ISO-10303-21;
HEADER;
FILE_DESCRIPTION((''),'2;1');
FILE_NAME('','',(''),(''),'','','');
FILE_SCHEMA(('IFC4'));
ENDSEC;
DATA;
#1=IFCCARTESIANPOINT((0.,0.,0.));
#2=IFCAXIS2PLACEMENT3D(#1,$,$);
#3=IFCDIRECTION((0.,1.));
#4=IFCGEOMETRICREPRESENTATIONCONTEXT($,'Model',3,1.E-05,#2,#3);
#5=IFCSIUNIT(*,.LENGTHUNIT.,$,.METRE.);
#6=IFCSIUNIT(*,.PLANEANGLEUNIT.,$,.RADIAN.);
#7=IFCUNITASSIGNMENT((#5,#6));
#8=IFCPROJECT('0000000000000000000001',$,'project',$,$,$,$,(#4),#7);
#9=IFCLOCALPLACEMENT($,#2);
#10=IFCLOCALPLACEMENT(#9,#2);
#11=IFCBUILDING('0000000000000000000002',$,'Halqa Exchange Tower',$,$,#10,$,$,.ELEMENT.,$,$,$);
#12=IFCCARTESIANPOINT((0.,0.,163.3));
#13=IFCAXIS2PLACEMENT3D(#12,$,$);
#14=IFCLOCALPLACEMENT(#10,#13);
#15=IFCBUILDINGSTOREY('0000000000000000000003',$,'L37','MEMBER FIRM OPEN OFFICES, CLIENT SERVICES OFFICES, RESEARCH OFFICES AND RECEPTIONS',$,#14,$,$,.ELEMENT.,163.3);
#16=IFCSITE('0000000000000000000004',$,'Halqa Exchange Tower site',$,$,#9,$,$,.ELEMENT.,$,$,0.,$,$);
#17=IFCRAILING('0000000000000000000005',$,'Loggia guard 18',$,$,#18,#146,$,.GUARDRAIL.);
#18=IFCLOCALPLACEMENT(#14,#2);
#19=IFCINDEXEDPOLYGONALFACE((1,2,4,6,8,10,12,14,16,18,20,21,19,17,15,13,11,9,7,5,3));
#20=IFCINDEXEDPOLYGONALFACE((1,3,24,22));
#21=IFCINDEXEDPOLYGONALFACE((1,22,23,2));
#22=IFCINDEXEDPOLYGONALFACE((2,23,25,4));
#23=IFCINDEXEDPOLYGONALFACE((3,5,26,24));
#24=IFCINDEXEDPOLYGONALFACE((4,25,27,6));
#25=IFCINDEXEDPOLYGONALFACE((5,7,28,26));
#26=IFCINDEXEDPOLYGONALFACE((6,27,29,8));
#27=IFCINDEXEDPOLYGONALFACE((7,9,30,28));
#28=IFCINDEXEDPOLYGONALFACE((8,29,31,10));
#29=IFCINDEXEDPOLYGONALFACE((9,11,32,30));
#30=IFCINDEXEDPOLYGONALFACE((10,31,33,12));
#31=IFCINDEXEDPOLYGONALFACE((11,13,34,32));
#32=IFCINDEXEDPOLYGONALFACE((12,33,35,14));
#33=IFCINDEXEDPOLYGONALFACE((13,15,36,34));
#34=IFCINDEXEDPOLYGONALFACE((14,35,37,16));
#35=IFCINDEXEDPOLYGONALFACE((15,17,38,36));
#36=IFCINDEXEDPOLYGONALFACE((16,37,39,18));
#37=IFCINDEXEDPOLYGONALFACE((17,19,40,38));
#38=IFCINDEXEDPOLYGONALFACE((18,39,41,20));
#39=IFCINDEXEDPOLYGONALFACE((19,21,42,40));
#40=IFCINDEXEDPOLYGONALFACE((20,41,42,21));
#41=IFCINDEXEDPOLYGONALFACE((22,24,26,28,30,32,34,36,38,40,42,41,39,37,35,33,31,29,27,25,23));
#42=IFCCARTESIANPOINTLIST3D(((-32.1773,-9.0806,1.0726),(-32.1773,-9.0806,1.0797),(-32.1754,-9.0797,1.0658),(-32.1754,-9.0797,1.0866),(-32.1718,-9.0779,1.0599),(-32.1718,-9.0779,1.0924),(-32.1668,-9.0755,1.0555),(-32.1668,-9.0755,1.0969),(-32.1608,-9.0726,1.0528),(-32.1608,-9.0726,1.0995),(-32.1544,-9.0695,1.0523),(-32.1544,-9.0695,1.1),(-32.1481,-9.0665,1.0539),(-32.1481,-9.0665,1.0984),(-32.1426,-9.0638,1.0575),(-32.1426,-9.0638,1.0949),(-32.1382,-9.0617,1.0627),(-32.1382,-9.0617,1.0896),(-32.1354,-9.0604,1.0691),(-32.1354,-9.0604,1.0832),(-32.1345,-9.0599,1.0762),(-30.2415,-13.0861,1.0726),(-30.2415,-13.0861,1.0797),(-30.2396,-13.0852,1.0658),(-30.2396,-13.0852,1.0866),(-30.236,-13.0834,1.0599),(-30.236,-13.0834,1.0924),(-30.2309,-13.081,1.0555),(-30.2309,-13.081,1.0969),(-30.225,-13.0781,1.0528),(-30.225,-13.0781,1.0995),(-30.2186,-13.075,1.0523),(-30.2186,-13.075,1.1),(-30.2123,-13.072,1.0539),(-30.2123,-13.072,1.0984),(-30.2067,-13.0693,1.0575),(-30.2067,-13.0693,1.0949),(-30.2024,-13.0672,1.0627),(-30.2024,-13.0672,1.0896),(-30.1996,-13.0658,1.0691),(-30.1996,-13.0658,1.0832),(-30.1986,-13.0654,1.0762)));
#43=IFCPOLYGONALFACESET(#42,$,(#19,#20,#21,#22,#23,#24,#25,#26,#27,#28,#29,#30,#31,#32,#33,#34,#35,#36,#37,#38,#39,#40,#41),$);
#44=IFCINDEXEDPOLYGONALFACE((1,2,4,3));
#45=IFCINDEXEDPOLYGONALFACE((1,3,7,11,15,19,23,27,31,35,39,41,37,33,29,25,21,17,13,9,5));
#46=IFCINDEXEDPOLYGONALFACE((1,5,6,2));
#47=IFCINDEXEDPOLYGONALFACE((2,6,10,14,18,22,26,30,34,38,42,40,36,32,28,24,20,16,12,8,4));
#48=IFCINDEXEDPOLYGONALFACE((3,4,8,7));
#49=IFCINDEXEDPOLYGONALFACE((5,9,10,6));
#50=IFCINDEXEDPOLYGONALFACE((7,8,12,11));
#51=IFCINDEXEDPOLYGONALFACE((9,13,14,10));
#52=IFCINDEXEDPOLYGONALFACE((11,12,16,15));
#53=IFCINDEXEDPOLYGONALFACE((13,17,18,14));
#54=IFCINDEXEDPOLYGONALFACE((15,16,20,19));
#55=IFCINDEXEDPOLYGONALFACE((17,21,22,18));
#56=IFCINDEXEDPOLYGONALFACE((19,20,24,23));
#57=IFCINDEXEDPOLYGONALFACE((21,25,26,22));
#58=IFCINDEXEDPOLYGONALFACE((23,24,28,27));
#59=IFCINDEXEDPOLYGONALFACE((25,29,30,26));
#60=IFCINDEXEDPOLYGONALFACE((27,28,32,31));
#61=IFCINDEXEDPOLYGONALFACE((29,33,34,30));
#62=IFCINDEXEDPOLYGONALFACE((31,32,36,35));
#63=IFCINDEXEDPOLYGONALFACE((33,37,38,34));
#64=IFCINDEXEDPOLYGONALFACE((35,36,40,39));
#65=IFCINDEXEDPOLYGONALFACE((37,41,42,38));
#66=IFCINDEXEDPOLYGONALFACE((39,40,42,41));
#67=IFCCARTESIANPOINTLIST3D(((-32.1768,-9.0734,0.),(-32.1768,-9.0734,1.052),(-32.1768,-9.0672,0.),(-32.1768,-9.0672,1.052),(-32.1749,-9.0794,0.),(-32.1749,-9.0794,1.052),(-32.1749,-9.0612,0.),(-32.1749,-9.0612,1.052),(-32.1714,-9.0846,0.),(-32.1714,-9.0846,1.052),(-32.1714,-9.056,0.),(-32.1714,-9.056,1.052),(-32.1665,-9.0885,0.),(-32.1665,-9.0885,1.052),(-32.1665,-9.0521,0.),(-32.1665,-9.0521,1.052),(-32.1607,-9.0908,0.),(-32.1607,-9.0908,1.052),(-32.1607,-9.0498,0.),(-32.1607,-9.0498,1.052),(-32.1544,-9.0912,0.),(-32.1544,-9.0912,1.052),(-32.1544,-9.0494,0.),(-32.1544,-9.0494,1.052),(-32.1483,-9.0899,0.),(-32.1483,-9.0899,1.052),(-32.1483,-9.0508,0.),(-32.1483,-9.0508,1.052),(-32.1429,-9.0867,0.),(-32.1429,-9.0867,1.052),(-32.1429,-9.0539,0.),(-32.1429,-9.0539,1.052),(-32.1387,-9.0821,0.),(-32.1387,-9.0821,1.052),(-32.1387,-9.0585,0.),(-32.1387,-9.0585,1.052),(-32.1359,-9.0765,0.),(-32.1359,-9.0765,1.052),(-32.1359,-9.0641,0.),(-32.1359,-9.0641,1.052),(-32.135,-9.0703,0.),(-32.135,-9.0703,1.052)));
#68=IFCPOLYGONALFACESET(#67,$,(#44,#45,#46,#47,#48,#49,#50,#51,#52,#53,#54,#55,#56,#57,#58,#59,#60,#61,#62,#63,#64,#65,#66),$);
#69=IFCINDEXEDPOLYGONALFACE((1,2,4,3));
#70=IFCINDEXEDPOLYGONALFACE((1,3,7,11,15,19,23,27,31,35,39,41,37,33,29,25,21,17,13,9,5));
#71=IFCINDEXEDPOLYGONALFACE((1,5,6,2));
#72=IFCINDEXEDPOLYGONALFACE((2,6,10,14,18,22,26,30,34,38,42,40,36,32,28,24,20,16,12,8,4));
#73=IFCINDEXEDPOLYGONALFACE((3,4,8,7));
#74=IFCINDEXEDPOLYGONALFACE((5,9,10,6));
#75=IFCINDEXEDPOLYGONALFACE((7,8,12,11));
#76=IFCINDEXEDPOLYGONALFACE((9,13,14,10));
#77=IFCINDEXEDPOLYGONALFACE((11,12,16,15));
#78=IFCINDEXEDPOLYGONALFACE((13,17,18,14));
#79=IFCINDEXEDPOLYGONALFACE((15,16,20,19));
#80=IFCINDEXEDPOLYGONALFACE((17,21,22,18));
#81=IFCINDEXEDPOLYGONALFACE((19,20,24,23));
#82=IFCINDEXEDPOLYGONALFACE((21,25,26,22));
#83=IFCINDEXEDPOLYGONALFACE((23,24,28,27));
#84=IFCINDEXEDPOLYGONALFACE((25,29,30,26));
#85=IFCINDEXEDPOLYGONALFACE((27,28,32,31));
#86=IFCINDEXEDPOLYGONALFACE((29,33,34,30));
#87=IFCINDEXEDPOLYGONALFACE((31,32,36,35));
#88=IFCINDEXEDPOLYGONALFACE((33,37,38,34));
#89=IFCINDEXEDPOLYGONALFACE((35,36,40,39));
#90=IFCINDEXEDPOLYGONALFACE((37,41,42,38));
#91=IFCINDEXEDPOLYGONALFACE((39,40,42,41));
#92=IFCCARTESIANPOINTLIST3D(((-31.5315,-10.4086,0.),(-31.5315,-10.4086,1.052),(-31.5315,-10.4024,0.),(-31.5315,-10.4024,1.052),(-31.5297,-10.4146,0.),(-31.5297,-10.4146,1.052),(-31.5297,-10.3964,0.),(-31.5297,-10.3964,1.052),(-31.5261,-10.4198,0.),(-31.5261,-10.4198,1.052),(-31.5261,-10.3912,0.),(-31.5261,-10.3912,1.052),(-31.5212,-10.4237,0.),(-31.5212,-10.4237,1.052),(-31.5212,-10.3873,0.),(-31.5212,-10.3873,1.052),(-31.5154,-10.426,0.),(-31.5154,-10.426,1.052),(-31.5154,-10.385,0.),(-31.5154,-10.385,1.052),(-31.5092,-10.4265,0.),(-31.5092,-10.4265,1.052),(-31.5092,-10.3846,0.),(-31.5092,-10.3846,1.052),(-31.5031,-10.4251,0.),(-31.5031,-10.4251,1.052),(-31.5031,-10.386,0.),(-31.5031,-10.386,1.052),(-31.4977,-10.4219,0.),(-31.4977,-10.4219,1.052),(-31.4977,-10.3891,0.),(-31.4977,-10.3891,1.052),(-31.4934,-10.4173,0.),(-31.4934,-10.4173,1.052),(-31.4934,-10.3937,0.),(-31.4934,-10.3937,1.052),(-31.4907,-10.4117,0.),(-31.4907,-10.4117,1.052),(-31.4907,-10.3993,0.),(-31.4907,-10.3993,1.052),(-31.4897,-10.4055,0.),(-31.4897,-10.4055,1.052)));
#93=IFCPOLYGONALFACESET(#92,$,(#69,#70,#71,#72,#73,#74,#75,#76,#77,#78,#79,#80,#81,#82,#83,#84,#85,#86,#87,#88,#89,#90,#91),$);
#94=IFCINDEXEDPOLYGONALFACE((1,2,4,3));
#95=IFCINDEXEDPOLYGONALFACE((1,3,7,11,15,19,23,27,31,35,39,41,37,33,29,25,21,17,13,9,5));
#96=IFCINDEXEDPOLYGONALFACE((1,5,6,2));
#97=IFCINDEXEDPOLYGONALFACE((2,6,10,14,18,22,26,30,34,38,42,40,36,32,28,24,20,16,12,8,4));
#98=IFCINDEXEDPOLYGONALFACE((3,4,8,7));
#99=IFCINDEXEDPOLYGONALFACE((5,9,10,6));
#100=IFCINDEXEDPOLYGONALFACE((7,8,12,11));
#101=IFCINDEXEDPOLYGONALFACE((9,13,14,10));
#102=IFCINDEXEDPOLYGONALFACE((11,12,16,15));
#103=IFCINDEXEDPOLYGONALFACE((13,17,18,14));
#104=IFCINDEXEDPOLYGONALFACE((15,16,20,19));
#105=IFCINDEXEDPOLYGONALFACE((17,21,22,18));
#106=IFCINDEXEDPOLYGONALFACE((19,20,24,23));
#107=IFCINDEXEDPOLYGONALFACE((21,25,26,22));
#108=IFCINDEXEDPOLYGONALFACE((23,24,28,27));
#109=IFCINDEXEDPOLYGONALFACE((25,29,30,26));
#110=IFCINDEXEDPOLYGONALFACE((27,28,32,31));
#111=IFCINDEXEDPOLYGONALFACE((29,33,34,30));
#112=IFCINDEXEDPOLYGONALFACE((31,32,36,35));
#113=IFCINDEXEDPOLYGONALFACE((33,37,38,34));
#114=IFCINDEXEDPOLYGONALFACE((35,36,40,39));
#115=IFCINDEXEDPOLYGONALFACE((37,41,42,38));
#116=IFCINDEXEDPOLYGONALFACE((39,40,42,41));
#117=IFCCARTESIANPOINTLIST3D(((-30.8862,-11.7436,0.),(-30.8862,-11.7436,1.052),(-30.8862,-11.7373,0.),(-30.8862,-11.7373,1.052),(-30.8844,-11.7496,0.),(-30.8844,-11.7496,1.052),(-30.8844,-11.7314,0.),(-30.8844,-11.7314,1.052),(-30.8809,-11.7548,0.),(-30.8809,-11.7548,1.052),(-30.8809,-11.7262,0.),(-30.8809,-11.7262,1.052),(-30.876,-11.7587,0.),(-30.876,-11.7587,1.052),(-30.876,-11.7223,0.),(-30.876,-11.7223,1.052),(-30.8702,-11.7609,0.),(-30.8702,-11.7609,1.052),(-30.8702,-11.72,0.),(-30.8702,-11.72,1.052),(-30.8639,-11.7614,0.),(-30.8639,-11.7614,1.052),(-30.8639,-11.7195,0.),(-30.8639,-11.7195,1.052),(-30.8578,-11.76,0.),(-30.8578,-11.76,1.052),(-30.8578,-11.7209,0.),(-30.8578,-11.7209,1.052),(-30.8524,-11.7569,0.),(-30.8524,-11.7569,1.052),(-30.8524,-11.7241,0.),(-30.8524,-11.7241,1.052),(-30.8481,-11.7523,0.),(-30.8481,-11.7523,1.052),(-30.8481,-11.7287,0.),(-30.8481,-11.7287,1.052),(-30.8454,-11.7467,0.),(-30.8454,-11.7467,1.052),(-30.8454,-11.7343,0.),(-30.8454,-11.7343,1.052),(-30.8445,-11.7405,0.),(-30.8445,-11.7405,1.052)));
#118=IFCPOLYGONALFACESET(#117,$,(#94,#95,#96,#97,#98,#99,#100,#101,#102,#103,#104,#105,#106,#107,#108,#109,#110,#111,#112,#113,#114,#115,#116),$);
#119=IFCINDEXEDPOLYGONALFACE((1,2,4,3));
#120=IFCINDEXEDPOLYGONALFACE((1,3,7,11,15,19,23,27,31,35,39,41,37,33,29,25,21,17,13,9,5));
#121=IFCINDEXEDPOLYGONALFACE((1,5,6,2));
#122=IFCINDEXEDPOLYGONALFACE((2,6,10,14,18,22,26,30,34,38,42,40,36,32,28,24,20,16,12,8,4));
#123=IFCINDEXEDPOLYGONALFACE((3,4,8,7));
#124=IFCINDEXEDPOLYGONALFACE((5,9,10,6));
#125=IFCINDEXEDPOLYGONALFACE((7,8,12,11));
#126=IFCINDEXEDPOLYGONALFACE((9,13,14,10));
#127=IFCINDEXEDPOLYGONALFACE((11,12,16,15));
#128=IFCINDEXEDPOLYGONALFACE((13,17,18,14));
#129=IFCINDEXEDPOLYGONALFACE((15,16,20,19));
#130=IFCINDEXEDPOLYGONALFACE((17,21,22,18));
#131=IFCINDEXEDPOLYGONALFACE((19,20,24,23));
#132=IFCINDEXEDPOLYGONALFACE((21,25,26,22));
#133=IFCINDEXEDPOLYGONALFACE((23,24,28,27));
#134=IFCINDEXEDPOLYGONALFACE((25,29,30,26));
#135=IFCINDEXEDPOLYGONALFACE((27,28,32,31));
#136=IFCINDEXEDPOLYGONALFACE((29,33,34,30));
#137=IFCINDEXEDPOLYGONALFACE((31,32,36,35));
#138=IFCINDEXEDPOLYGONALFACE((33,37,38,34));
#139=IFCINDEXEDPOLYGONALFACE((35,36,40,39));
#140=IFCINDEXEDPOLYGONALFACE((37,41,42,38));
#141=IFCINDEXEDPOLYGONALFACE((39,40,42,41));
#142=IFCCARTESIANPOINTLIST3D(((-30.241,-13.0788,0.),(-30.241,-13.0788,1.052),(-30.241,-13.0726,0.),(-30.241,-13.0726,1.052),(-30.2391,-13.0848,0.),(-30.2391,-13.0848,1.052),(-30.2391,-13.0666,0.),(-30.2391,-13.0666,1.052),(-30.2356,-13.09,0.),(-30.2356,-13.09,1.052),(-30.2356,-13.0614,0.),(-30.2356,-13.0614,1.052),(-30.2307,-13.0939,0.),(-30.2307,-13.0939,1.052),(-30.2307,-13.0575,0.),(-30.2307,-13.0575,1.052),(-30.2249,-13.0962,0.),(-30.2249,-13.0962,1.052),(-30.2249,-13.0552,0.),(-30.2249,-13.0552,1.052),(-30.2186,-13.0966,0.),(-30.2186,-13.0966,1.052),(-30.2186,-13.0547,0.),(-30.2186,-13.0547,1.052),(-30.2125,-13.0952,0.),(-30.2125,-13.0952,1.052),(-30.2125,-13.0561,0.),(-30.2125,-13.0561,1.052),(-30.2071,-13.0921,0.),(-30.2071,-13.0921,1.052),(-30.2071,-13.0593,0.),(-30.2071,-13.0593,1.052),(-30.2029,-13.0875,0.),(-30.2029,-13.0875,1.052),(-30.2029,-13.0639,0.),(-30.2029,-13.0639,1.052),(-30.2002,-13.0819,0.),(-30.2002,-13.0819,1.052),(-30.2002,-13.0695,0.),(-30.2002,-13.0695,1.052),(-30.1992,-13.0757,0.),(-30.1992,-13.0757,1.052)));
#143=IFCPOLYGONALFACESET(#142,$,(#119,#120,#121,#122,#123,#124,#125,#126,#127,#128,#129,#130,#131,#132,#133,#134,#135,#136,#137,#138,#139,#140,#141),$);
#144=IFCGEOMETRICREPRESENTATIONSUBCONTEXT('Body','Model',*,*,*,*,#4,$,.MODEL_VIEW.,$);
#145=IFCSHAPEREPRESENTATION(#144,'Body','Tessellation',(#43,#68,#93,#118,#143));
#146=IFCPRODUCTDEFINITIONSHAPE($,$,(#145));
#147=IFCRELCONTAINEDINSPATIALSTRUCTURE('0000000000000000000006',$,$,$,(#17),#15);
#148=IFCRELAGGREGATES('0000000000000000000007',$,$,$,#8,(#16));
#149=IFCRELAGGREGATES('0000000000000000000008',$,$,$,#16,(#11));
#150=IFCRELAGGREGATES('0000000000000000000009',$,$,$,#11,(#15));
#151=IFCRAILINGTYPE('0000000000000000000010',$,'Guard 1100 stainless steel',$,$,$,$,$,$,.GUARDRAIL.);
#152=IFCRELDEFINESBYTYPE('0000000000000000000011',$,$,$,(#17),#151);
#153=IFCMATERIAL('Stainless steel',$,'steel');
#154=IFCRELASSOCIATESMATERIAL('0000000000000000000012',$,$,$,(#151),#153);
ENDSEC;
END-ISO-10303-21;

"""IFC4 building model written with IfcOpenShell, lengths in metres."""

from ifc_helpers import new_model, si_unit, direction, frame, origin, origin_2d, place, context, subcontext, project, spatial, circle, extrude, material, type_object, element, save


model = new_model("IFC4")

# Units and contexts
model_context = context("Model", 3, precision=1e-05, world=origin(), true_north=direction((0.0, 1.0)))
body_context = subcontext(model_context, "Body", "Model", "MODEL_VIEW")
ifc_project = project(units=[si_unit("LENGTHUNIT", "METRE"), si_unit("PLANEANGLEUNIT", "RADIAN")], contexts=[model_context])

# Site, building, storey
site_placement = place(None, origin())
site = spatial("IfcSite", under=ifc_project, at=site_placement, Name="Halqa Exchange Tower site", CompositionType="ELEMENT", RefElevation=0.0)
building_placement = place(site_placement, origin())
building = spatial("IfcBuilding", under=site, at=building_placement, Name="Halqa Exchange Tower", CompositionType="ELEMENT")
storey_placement = place(building_placement, frame((0.0, 0.0, 163.3)))
storey = spatial("IfcBuildingStorey", under=building, at=storey_placement, Name="L37", Description="MEMBER FIRM OPEN OFFICES, CLIENT SERVICES OFFICES, RESEARCH OFFICES AND RECEPTIONS", CompositionType="ELEMENT", Elevation=163.3)

# Railing
ifc_material_1 = material(Name="Stainless steel", Category="steel")
railing_type = type_object("IfcRailingType", Name="Guard 1100 stainless steel", PredefinedType="GUARDRAIL", material=ifc_material_1)
railing_1_placement = place(storey_placement, frame((-32.156, -9.0703, 0.0)))
element("IfcRailing", 1, at=railing_1_placement, inside=storey, type_object=railing_type, Name="Loggia guard 18", PredefinedType="GUARDRAIL", context=body_context, shape_type="SweptSolid", body=[
    extrude(circle(Radius=0.0239, at=origin_2d()), frame((0.0, 0.0, 1.0762), z_axis=(0.435143, -0.900361, 0.0), x_axis=(0.900361, 0.435143, 0.0)), (0.0, 0.0, 1.0), 4.4487),
    extrude(circle(Radius=0.021, at=origin_2d()), origin(), (0.0, 0.0, 1.0), 1.052),
    extrude(circle(Radius=0.021, at=origin_2d()), frame((0.6453, -1.3352, 0.0)), (0.0, 0.0, 1.0), 1.052),
    extrude(circle(Radius=0.021, at=origin_2d()), frame((1.2905, -2.6702, 0.0)), (0.0, 0.0, 1.0), 1.052),
    extrude(circle(Radius=0.021, at=origin_2d()), frame((1.9358, -4.0054, 0.0)), (0.0, 0.0, 1.0), 1.052),
])

save(model, "model.ifc")
